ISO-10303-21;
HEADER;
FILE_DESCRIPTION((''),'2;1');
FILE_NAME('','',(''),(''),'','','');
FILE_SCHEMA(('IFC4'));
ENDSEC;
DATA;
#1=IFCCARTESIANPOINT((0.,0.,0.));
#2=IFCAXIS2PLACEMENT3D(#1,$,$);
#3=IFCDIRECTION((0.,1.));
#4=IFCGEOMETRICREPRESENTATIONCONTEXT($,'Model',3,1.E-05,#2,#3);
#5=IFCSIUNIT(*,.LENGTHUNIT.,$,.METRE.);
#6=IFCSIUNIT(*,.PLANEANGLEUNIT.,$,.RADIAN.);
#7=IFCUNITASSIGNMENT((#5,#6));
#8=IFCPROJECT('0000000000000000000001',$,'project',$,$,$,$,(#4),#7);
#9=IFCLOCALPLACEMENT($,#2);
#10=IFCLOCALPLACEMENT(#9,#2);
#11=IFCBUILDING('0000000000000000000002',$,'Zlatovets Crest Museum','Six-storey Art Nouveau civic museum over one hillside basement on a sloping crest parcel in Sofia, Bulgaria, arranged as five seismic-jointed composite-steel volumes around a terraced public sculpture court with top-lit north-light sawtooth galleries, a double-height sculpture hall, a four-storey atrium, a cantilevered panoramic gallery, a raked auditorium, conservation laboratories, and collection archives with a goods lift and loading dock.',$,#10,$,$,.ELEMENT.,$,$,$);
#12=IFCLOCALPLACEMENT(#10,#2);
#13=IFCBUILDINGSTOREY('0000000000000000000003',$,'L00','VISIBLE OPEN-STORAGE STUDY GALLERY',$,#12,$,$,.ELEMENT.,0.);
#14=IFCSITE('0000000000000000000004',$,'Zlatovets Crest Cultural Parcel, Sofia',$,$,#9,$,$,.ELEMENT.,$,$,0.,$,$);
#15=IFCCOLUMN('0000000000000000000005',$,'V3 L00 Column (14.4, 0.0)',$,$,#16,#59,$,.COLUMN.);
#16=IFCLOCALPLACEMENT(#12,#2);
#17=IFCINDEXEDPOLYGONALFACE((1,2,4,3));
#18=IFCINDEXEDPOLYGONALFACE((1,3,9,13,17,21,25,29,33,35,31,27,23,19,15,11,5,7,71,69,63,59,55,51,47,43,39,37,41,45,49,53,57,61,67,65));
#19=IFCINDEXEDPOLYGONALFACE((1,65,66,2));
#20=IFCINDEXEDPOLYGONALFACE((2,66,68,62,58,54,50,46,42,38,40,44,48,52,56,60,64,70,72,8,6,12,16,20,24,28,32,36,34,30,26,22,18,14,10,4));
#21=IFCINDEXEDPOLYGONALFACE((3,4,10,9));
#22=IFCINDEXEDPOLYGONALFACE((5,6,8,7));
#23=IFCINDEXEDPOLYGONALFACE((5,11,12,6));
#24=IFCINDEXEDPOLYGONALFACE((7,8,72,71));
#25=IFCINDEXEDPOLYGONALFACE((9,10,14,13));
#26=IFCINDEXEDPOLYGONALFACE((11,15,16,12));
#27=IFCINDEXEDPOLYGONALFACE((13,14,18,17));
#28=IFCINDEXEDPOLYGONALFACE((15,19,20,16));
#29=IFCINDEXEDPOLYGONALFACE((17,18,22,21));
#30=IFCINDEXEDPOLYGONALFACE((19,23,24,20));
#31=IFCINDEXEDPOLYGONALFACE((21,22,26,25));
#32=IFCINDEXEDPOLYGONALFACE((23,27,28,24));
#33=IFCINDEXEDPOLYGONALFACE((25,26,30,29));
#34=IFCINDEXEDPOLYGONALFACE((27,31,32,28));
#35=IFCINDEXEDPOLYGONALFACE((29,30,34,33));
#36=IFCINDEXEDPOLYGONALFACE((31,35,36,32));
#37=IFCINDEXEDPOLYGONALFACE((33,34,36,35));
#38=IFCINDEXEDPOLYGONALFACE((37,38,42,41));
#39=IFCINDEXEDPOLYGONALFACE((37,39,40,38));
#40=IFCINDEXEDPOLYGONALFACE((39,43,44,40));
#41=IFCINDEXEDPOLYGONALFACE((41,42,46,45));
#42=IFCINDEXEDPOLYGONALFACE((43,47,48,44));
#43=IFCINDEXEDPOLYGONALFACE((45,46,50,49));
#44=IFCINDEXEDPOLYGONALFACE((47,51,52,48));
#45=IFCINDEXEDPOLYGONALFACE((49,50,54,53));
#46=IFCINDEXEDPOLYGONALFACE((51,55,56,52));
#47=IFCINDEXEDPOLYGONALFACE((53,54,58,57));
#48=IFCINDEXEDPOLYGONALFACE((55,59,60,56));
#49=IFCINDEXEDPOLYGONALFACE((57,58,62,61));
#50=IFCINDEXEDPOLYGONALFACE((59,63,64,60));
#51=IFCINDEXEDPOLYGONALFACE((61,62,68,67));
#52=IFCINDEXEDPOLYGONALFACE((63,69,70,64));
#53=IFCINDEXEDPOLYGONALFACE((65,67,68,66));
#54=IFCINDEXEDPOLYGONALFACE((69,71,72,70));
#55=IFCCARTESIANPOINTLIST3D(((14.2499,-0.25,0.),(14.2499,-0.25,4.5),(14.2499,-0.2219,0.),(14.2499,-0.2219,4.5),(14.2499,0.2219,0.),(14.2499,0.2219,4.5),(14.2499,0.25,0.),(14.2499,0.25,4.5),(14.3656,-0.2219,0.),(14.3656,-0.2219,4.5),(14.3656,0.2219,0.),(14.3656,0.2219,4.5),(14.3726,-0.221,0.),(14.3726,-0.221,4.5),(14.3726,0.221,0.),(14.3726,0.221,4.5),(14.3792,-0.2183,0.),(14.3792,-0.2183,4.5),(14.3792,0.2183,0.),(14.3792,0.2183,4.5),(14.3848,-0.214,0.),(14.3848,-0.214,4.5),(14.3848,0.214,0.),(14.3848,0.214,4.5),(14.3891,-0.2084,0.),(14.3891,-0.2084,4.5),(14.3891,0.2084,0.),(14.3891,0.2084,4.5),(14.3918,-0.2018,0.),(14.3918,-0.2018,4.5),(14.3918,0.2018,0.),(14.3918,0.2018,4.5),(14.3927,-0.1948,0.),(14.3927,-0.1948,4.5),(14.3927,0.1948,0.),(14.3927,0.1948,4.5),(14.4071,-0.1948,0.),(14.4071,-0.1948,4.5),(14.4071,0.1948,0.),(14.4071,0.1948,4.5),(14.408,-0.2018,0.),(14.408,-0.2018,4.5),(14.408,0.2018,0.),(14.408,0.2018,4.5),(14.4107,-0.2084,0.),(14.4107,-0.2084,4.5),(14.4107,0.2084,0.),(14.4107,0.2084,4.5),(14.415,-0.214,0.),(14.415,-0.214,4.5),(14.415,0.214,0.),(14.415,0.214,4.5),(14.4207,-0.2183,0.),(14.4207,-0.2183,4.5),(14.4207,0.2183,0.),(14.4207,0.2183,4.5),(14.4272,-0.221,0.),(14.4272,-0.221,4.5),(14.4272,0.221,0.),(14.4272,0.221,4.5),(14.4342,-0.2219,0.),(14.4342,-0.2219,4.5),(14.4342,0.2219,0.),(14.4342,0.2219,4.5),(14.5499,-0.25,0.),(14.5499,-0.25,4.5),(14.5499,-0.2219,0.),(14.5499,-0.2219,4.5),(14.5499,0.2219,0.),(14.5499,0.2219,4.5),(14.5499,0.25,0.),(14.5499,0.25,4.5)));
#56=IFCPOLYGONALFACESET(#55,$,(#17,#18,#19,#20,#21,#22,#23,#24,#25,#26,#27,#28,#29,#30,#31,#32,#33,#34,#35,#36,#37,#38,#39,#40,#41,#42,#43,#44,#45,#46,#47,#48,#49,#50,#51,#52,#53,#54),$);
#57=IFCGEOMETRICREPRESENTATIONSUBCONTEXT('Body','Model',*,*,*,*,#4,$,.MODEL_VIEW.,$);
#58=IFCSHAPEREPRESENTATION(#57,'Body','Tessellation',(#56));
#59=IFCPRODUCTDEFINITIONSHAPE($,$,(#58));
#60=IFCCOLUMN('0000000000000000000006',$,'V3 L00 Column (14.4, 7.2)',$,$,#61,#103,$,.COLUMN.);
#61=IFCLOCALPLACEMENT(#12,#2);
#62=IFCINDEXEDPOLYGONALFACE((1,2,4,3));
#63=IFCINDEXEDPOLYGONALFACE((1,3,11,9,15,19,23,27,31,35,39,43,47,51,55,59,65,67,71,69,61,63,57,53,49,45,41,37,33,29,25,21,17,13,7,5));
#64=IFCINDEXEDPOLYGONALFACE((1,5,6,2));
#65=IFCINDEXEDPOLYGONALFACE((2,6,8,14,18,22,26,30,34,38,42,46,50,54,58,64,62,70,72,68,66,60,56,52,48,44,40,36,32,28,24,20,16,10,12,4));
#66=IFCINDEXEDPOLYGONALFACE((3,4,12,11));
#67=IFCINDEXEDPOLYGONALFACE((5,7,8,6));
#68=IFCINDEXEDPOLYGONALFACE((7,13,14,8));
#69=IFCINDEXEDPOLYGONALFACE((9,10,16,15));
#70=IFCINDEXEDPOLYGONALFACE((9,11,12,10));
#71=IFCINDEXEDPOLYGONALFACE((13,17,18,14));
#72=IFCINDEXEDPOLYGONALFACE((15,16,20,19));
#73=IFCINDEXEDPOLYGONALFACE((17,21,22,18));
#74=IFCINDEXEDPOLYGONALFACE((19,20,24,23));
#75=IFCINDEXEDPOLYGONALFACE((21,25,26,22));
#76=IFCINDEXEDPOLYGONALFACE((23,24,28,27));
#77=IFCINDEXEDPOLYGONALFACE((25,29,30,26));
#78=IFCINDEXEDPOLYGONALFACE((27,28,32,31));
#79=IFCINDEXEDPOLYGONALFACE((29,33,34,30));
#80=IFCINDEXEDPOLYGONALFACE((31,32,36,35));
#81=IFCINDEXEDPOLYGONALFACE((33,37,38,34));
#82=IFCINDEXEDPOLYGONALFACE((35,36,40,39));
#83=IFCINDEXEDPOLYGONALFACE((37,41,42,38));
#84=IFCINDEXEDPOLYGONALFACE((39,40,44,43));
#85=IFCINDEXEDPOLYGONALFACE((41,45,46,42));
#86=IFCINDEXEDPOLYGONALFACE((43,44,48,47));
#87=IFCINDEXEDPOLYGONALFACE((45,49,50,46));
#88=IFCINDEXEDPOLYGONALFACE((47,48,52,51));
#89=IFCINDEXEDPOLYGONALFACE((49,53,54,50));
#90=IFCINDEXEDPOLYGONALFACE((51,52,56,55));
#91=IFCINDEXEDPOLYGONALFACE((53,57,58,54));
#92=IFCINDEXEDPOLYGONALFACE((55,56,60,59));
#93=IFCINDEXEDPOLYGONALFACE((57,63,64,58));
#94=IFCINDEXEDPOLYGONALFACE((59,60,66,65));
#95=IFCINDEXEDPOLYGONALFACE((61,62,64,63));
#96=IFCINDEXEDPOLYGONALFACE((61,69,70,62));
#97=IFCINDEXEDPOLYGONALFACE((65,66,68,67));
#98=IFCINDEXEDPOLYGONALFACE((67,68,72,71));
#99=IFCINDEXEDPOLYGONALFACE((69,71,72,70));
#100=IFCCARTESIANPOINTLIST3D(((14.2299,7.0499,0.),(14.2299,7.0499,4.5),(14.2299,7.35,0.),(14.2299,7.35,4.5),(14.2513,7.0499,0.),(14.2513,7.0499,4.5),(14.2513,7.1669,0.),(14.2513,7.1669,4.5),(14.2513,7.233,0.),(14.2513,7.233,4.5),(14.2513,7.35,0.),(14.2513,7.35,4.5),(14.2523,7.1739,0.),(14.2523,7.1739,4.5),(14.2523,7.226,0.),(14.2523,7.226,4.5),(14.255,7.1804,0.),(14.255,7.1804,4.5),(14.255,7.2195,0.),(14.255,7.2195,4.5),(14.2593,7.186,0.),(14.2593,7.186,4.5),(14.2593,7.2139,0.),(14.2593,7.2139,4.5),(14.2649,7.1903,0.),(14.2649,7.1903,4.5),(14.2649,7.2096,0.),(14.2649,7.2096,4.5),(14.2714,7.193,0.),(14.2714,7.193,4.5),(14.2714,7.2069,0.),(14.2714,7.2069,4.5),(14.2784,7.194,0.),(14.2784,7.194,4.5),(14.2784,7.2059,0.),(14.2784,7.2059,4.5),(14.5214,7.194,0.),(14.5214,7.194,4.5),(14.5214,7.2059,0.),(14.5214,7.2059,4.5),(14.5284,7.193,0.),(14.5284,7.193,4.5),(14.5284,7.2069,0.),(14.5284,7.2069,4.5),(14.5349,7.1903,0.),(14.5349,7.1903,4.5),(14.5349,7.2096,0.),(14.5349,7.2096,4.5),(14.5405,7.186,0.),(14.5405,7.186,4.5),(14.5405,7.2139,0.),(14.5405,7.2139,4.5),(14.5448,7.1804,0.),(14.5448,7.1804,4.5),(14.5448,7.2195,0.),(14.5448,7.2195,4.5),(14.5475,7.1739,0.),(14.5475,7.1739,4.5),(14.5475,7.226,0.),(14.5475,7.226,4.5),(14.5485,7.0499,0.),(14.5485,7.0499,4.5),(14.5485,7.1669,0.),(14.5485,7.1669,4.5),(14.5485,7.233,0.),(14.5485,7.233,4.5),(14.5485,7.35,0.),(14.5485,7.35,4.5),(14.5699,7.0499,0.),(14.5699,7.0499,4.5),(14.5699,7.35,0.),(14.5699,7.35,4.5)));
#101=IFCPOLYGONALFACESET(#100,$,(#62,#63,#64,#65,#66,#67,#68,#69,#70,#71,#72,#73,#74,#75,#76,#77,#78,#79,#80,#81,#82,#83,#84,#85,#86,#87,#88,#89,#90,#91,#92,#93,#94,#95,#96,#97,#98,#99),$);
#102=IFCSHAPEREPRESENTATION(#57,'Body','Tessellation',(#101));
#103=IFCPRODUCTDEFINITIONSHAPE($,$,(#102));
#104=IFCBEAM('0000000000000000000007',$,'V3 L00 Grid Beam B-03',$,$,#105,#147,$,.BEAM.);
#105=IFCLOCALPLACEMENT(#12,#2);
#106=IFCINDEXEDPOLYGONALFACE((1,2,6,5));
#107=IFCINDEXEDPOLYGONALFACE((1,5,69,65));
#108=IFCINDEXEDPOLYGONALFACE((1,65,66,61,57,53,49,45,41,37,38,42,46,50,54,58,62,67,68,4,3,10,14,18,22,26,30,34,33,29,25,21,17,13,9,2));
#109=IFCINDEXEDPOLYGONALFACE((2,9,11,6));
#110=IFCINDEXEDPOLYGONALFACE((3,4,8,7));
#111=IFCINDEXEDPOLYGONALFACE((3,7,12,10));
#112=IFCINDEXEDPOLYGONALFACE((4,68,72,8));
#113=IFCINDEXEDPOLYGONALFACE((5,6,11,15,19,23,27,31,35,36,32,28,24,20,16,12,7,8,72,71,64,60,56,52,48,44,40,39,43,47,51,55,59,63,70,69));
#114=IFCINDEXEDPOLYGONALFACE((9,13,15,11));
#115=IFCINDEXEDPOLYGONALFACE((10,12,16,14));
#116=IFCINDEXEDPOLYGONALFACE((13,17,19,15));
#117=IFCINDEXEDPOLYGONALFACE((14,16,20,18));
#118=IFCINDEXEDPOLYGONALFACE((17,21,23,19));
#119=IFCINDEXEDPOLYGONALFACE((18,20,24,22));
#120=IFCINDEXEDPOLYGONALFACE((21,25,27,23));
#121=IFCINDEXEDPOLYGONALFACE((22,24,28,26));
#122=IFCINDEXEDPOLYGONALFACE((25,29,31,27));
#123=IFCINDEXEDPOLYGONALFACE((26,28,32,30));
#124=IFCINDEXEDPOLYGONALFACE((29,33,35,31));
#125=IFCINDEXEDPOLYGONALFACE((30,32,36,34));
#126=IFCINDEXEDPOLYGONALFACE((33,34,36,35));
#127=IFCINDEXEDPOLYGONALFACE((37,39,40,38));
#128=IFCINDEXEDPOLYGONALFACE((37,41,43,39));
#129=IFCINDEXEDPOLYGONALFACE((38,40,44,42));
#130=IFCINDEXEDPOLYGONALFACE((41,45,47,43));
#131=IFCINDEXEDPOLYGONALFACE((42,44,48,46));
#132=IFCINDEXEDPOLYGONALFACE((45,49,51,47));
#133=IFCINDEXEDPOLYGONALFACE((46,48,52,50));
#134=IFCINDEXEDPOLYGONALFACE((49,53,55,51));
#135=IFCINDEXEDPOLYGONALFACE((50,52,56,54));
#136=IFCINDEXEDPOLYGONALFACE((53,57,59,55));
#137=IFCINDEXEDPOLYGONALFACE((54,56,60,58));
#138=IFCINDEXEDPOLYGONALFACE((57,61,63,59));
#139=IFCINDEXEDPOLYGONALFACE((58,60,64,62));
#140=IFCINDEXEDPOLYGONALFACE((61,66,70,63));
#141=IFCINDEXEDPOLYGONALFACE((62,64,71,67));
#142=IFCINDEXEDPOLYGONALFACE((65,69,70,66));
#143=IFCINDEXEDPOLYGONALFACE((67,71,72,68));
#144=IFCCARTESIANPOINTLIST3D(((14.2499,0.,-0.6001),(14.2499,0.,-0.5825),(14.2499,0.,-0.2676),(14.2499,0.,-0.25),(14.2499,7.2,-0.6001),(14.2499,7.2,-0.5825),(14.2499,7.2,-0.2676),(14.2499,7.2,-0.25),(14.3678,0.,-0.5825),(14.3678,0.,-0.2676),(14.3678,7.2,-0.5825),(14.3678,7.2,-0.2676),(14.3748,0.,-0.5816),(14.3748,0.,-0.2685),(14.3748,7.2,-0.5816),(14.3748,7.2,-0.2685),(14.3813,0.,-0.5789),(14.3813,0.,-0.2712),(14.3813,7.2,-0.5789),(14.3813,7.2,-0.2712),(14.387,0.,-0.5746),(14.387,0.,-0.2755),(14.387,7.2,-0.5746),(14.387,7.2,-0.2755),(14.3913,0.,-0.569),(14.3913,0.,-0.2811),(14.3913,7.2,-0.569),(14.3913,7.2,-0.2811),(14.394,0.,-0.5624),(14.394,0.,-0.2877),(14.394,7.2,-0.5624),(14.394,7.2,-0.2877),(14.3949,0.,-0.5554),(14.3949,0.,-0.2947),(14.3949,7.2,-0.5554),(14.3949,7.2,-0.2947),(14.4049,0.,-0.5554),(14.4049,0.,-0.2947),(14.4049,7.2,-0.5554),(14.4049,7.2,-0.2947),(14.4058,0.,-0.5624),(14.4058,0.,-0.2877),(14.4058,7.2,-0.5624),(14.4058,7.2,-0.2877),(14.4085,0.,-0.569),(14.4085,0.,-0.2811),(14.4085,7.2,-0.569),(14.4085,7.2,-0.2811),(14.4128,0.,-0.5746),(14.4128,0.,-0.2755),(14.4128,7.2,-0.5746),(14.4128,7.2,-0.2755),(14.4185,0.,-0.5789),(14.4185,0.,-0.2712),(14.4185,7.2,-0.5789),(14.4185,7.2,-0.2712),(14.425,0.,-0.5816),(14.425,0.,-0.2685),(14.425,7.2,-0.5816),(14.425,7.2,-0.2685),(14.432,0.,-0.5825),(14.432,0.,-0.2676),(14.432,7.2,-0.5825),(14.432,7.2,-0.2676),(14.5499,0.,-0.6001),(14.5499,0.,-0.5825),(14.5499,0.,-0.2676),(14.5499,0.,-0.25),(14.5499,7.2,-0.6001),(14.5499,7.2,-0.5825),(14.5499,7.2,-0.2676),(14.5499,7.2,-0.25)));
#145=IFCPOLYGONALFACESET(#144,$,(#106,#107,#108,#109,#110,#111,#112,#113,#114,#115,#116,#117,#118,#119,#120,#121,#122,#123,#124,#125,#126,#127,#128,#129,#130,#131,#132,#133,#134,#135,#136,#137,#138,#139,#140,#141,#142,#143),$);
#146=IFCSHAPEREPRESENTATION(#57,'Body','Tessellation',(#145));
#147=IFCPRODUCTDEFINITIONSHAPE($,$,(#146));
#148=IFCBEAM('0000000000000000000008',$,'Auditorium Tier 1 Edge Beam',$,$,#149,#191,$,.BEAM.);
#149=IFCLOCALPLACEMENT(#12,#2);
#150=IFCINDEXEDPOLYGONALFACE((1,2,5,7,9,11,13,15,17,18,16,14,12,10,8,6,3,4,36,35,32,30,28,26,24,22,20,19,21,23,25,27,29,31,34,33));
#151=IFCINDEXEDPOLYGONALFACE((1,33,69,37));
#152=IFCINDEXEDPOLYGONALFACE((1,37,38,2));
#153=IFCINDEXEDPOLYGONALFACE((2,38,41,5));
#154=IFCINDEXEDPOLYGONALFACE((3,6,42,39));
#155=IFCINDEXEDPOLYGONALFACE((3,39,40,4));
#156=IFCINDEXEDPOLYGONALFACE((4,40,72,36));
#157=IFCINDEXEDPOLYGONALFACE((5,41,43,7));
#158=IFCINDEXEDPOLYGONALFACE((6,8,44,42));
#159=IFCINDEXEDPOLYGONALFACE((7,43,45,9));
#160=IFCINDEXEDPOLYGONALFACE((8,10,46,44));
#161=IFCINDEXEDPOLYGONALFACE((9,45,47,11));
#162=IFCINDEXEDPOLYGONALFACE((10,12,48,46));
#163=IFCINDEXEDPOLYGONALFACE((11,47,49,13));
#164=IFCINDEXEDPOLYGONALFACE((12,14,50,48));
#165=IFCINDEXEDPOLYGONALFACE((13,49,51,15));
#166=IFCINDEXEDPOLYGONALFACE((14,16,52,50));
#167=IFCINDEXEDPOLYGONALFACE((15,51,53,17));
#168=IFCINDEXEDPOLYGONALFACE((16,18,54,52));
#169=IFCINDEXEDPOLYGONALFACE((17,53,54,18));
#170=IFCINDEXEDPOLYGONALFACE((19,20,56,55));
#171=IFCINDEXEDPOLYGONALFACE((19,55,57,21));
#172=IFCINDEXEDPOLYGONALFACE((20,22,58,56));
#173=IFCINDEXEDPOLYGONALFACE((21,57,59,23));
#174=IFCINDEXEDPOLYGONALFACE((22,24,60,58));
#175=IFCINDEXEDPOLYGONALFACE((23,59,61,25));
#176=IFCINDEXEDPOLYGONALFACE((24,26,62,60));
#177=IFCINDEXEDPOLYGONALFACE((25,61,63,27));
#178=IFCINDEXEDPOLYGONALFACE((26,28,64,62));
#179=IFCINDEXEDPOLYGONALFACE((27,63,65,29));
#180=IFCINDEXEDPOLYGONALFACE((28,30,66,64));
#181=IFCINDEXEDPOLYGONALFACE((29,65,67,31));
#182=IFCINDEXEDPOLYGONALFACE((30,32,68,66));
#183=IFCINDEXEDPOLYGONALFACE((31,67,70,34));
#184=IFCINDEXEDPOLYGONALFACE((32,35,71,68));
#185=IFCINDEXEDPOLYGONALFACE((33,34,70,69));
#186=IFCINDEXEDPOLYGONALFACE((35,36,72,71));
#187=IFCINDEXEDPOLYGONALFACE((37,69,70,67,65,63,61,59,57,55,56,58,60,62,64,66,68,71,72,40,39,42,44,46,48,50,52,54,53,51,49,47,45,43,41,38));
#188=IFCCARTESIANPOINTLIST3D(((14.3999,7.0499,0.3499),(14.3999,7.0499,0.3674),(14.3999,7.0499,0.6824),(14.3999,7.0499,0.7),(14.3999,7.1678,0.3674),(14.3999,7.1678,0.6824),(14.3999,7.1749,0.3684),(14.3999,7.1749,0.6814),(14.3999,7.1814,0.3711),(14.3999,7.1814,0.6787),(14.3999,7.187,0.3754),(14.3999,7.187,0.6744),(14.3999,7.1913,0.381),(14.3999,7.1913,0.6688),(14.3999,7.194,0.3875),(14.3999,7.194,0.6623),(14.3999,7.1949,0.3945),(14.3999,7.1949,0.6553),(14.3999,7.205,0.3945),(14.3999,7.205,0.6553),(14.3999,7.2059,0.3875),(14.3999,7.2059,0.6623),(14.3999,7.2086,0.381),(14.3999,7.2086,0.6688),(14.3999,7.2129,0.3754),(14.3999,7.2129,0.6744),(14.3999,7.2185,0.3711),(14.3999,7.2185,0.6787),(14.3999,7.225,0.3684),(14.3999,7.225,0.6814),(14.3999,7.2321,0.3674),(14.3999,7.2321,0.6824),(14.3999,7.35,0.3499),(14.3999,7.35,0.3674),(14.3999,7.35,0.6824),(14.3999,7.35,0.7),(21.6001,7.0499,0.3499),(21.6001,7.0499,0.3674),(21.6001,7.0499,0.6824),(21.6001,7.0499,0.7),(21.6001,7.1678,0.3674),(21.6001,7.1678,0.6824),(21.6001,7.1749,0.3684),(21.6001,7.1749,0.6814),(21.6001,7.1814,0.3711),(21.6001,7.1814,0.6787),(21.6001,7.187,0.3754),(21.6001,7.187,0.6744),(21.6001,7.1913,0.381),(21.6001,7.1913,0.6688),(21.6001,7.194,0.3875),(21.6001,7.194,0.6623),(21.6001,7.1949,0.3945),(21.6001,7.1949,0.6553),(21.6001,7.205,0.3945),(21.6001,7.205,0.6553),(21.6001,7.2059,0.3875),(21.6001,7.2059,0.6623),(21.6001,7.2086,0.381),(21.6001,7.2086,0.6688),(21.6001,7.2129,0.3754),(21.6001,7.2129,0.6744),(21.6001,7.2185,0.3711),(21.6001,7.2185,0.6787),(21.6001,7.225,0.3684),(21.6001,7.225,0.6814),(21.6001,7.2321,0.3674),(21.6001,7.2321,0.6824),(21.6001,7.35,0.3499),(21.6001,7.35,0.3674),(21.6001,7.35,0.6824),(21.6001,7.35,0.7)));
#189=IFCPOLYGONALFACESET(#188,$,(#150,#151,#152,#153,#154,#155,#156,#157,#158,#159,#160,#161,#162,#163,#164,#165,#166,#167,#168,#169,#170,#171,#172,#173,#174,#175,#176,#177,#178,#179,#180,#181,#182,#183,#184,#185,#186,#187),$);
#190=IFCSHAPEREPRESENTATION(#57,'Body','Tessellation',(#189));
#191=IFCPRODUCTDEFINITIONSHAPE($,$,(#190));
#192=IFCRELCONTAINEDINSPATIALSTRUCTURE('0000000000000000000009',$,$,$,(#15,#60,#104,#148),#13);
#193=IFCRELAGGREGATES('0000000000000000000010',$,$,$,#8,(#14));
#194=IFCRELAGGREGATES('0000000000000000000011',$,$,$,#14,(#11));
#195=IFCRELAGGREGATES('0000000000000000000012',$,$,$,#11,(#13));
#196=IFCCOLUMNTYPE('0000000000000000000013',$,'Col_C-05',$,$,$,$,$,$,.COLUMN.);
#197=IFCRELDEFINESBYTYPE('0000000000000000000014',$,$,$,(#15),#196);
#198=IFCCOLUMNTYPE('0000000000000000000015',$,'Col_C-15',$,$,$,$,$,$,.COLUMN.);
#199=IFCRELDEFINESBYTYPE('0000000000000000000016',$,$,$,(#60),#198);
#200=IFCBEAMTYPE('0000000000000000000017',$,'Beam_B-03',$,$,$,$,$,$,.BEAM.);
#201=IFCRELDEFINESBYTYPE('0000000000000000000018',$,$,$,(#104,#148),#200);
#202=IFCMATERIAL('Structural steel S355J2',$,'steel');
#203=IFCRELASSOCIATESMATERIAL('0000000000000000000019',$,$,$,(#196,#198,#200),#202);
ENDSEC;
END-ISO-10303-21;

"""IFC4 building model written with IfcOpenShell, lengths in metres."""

from ifc_helpers import new_model, si_unit, direction, frame, origin, origin_2d, place, context, subcontext, project, spatial, i_section, extrude, material, material_profile, profile_set, type_object, element, save


model = new_model("IFC4")

# Units and contexts
model_context = context("Model", 3, precision=1e-05, world=origin(), true_north=direction((0.0, 1.0)))
body_context = subcontext(model_context, "Body", "Model", "MODEL_VIEW")
ifc_project = project(units=[si_unit("LENGTHUNIT", "METRE"), si_unit("PLANEANGLEUNIT", "RADIAN")], contexts=[model_context])

# Site, building, storey
site_placement = place(None, origin())
site = spatial("IfcSite", under=ifc_project, at=site_placement, Name="Zlatovets Crest Cultural Parcel, Sofia", CompositionType="ELEMENT", RefElevation=0.0)
building_placement = place(site_placement, origin())
building = spatial("IfcBuilding", under=site, at=building_placement, Name="Zlatovets Crest Museum", Description="Six-storey Art Nouveau civic museum over one hillside basement on a sloping crest parcel in Sofia, Bulgaria, arranged as five seismic-jointed composite-steel volumes around a terraced public sculpture court with top-lit north-light sawtooth galleries, a double-height sculpture hall, a four-storey atrium, a cantilevered panoramic gallery, a raked auditorium, conservation laboratories, and collection archives with a goods lift and loading dock.", CompositionType="ELEMENT")
storey_placement = place(building_placement, origin())
storey = spatial("IfcBuildingStorey", under=building, at=storey_placement, Name="L00", Description="VISIBLE OPEN-STORAGE STUDY GALLERY", CompositionType="ELEMENT", Elevation=0.0)

# Columns
ifc_material_1 = material(Name="Structural steel S355J2", Category="steel")
ifc_material_profile_1 = material_profile(ifc_material_1, i_section(OverallWidth=0.3, OverallDepth=0.5, WebThickness=0.0144, FlangeThickness=0.0281, FilletRadius=0.0271, at=origin_2d()), Name="HEB 500")
ifc_profile_set_1 = profile_set([ifc_material_profile_1], Name="Structural steel S355J2")
column_type_1 = type_object("IfcColumnType", Name="Col_C-05", PredefinedType="COLUMN", material=ifc_profile_set_1)
column_1_placement = place(storey_placement, frame((14.3999, 0.0, 0.0), z_axis=(0.0, 0.0, 1.0), x_axis=(1.0, 0.0, 0.0)))
element("IfcColumn", 1, at=column_1_placement, inside=storey, type_object=column_type_1, Name="V3 L00 Column (14.4, 0.0)", PredefinedType="COLUMN", context=body_context, shape_type="SweptSolid", body=[
    extrude(i_section(OverallWidth=0.3, OverallDepth=0.5, WebThickness=0.0144, FlangeThickness=0.0281, FilletRadius=0.0271, at=origin_2d()), origin(), (0.0, 0.0, 1.0), 4.5),
])
ifc_material_profile_2 = material_profile(ifc_material_1, i_section(OverallWidth=0.3, OverallDepth=0.3401, WebThickness=0.012, FlangeThickness=0.0215, FilletRadius=0.0271, at=origin_2d()), Name="HEB 340")
ifc_profile_set_2 = profile_set([ifc_material_profile_2], Name="Structural steel S355J2")
column_type_2 = type_object("IfcColumnType", Name="Col_C-15", PredefinedType="COLUMN", material=ifc_profile_set_2)
column_2_placement = place(storey_placement, frame((14.3999, 7.2, 0.0), z_axis=(0.0, 0.0, 1.0), x_axis=(0.0, 1.0, 0.0)))
element("IfcColumn", 2, at=column_2_placement, inside=storey, type_object=column_type_2, Name="V3 L00 Column (14.4, 7.2)", PredefinedType="COLUMN", context=body_context, shape_type="SweptSolid", body=[
    extrude(i_section(OverallWidth=0.3, OverallDepth=0.3401, WebThickness=0.012, FlangeThickness=0.0215, FilletRadius=0.0271, at=origin_2d()), origin(), (0.0, 0.0, 1.0), 4.5),
])

# Beams
ifc_material_profile_3 = material_profile(ifc_material_1, i_section(OverallWidth=0.3, OverallDepth=0.3501, WebThickness=0.01, FlangeThickness=0.0176, FilletRadius=0.0271, at=origin_2d()), Name="HEA 360")
ifc_profile_set_3 = profile_set([ifc_material_profile_3], Name="Structural steel S355J2")
beam_type_1 = type_object("IfcBeamType", Name="Beam_B-03", PredefinedType="BEAM", material=ifc_profile_set_3)
beam_1_placement = place(storey_placement, frame((14.3999, 0.0, -0.425), z_axis=(0.0, 1.0, 0.0), x_axis=(-1.0, 0.0, 0.0)))
element("IfcBeam", 3, at=beam_1_placement, inside=storey, type_object=beam_type_1, Name="V3 L00 Grid Beam B-03", PredefinedType="BEAM", context=body_context, shape_type="SweptSolid", body=[
    extrude(i_section(OverallWidth=0.3, OverallDepth=0.3501, WebThickness=0.01, FlangeThickness=0.0176, FilletRadius=0.0271, at=origin_2d()), origin(), (0.0, 0.0, 1.0), 7.2),
])
beam_2_placement = place(storey_placement, frame((14.3999, 7.2, 0.5249), z_axis=(1.0, 0.0, 0.0), x_axis=(0.0, 1.0, 0.0)))
element("IfcBeam", 4, at=beam_2_placement, inside=storey, type_object=beam_type_1, Name="Auditorium Tier 1 Edge Beam", PredefinedType="BEAM", context=body_context, shape_type="SweptSolid", body=[
    extrude(i_section(OverallWidth=0.3, OverallDepth=0.3501, WebThickness=0.01, FlangeThickness=0.0176, FilletRadius=0.0271, at=origin_2d()), origin(), (0.0, 0.0, 1.0), 7.2002),
])

save(model, "model.ifc")
